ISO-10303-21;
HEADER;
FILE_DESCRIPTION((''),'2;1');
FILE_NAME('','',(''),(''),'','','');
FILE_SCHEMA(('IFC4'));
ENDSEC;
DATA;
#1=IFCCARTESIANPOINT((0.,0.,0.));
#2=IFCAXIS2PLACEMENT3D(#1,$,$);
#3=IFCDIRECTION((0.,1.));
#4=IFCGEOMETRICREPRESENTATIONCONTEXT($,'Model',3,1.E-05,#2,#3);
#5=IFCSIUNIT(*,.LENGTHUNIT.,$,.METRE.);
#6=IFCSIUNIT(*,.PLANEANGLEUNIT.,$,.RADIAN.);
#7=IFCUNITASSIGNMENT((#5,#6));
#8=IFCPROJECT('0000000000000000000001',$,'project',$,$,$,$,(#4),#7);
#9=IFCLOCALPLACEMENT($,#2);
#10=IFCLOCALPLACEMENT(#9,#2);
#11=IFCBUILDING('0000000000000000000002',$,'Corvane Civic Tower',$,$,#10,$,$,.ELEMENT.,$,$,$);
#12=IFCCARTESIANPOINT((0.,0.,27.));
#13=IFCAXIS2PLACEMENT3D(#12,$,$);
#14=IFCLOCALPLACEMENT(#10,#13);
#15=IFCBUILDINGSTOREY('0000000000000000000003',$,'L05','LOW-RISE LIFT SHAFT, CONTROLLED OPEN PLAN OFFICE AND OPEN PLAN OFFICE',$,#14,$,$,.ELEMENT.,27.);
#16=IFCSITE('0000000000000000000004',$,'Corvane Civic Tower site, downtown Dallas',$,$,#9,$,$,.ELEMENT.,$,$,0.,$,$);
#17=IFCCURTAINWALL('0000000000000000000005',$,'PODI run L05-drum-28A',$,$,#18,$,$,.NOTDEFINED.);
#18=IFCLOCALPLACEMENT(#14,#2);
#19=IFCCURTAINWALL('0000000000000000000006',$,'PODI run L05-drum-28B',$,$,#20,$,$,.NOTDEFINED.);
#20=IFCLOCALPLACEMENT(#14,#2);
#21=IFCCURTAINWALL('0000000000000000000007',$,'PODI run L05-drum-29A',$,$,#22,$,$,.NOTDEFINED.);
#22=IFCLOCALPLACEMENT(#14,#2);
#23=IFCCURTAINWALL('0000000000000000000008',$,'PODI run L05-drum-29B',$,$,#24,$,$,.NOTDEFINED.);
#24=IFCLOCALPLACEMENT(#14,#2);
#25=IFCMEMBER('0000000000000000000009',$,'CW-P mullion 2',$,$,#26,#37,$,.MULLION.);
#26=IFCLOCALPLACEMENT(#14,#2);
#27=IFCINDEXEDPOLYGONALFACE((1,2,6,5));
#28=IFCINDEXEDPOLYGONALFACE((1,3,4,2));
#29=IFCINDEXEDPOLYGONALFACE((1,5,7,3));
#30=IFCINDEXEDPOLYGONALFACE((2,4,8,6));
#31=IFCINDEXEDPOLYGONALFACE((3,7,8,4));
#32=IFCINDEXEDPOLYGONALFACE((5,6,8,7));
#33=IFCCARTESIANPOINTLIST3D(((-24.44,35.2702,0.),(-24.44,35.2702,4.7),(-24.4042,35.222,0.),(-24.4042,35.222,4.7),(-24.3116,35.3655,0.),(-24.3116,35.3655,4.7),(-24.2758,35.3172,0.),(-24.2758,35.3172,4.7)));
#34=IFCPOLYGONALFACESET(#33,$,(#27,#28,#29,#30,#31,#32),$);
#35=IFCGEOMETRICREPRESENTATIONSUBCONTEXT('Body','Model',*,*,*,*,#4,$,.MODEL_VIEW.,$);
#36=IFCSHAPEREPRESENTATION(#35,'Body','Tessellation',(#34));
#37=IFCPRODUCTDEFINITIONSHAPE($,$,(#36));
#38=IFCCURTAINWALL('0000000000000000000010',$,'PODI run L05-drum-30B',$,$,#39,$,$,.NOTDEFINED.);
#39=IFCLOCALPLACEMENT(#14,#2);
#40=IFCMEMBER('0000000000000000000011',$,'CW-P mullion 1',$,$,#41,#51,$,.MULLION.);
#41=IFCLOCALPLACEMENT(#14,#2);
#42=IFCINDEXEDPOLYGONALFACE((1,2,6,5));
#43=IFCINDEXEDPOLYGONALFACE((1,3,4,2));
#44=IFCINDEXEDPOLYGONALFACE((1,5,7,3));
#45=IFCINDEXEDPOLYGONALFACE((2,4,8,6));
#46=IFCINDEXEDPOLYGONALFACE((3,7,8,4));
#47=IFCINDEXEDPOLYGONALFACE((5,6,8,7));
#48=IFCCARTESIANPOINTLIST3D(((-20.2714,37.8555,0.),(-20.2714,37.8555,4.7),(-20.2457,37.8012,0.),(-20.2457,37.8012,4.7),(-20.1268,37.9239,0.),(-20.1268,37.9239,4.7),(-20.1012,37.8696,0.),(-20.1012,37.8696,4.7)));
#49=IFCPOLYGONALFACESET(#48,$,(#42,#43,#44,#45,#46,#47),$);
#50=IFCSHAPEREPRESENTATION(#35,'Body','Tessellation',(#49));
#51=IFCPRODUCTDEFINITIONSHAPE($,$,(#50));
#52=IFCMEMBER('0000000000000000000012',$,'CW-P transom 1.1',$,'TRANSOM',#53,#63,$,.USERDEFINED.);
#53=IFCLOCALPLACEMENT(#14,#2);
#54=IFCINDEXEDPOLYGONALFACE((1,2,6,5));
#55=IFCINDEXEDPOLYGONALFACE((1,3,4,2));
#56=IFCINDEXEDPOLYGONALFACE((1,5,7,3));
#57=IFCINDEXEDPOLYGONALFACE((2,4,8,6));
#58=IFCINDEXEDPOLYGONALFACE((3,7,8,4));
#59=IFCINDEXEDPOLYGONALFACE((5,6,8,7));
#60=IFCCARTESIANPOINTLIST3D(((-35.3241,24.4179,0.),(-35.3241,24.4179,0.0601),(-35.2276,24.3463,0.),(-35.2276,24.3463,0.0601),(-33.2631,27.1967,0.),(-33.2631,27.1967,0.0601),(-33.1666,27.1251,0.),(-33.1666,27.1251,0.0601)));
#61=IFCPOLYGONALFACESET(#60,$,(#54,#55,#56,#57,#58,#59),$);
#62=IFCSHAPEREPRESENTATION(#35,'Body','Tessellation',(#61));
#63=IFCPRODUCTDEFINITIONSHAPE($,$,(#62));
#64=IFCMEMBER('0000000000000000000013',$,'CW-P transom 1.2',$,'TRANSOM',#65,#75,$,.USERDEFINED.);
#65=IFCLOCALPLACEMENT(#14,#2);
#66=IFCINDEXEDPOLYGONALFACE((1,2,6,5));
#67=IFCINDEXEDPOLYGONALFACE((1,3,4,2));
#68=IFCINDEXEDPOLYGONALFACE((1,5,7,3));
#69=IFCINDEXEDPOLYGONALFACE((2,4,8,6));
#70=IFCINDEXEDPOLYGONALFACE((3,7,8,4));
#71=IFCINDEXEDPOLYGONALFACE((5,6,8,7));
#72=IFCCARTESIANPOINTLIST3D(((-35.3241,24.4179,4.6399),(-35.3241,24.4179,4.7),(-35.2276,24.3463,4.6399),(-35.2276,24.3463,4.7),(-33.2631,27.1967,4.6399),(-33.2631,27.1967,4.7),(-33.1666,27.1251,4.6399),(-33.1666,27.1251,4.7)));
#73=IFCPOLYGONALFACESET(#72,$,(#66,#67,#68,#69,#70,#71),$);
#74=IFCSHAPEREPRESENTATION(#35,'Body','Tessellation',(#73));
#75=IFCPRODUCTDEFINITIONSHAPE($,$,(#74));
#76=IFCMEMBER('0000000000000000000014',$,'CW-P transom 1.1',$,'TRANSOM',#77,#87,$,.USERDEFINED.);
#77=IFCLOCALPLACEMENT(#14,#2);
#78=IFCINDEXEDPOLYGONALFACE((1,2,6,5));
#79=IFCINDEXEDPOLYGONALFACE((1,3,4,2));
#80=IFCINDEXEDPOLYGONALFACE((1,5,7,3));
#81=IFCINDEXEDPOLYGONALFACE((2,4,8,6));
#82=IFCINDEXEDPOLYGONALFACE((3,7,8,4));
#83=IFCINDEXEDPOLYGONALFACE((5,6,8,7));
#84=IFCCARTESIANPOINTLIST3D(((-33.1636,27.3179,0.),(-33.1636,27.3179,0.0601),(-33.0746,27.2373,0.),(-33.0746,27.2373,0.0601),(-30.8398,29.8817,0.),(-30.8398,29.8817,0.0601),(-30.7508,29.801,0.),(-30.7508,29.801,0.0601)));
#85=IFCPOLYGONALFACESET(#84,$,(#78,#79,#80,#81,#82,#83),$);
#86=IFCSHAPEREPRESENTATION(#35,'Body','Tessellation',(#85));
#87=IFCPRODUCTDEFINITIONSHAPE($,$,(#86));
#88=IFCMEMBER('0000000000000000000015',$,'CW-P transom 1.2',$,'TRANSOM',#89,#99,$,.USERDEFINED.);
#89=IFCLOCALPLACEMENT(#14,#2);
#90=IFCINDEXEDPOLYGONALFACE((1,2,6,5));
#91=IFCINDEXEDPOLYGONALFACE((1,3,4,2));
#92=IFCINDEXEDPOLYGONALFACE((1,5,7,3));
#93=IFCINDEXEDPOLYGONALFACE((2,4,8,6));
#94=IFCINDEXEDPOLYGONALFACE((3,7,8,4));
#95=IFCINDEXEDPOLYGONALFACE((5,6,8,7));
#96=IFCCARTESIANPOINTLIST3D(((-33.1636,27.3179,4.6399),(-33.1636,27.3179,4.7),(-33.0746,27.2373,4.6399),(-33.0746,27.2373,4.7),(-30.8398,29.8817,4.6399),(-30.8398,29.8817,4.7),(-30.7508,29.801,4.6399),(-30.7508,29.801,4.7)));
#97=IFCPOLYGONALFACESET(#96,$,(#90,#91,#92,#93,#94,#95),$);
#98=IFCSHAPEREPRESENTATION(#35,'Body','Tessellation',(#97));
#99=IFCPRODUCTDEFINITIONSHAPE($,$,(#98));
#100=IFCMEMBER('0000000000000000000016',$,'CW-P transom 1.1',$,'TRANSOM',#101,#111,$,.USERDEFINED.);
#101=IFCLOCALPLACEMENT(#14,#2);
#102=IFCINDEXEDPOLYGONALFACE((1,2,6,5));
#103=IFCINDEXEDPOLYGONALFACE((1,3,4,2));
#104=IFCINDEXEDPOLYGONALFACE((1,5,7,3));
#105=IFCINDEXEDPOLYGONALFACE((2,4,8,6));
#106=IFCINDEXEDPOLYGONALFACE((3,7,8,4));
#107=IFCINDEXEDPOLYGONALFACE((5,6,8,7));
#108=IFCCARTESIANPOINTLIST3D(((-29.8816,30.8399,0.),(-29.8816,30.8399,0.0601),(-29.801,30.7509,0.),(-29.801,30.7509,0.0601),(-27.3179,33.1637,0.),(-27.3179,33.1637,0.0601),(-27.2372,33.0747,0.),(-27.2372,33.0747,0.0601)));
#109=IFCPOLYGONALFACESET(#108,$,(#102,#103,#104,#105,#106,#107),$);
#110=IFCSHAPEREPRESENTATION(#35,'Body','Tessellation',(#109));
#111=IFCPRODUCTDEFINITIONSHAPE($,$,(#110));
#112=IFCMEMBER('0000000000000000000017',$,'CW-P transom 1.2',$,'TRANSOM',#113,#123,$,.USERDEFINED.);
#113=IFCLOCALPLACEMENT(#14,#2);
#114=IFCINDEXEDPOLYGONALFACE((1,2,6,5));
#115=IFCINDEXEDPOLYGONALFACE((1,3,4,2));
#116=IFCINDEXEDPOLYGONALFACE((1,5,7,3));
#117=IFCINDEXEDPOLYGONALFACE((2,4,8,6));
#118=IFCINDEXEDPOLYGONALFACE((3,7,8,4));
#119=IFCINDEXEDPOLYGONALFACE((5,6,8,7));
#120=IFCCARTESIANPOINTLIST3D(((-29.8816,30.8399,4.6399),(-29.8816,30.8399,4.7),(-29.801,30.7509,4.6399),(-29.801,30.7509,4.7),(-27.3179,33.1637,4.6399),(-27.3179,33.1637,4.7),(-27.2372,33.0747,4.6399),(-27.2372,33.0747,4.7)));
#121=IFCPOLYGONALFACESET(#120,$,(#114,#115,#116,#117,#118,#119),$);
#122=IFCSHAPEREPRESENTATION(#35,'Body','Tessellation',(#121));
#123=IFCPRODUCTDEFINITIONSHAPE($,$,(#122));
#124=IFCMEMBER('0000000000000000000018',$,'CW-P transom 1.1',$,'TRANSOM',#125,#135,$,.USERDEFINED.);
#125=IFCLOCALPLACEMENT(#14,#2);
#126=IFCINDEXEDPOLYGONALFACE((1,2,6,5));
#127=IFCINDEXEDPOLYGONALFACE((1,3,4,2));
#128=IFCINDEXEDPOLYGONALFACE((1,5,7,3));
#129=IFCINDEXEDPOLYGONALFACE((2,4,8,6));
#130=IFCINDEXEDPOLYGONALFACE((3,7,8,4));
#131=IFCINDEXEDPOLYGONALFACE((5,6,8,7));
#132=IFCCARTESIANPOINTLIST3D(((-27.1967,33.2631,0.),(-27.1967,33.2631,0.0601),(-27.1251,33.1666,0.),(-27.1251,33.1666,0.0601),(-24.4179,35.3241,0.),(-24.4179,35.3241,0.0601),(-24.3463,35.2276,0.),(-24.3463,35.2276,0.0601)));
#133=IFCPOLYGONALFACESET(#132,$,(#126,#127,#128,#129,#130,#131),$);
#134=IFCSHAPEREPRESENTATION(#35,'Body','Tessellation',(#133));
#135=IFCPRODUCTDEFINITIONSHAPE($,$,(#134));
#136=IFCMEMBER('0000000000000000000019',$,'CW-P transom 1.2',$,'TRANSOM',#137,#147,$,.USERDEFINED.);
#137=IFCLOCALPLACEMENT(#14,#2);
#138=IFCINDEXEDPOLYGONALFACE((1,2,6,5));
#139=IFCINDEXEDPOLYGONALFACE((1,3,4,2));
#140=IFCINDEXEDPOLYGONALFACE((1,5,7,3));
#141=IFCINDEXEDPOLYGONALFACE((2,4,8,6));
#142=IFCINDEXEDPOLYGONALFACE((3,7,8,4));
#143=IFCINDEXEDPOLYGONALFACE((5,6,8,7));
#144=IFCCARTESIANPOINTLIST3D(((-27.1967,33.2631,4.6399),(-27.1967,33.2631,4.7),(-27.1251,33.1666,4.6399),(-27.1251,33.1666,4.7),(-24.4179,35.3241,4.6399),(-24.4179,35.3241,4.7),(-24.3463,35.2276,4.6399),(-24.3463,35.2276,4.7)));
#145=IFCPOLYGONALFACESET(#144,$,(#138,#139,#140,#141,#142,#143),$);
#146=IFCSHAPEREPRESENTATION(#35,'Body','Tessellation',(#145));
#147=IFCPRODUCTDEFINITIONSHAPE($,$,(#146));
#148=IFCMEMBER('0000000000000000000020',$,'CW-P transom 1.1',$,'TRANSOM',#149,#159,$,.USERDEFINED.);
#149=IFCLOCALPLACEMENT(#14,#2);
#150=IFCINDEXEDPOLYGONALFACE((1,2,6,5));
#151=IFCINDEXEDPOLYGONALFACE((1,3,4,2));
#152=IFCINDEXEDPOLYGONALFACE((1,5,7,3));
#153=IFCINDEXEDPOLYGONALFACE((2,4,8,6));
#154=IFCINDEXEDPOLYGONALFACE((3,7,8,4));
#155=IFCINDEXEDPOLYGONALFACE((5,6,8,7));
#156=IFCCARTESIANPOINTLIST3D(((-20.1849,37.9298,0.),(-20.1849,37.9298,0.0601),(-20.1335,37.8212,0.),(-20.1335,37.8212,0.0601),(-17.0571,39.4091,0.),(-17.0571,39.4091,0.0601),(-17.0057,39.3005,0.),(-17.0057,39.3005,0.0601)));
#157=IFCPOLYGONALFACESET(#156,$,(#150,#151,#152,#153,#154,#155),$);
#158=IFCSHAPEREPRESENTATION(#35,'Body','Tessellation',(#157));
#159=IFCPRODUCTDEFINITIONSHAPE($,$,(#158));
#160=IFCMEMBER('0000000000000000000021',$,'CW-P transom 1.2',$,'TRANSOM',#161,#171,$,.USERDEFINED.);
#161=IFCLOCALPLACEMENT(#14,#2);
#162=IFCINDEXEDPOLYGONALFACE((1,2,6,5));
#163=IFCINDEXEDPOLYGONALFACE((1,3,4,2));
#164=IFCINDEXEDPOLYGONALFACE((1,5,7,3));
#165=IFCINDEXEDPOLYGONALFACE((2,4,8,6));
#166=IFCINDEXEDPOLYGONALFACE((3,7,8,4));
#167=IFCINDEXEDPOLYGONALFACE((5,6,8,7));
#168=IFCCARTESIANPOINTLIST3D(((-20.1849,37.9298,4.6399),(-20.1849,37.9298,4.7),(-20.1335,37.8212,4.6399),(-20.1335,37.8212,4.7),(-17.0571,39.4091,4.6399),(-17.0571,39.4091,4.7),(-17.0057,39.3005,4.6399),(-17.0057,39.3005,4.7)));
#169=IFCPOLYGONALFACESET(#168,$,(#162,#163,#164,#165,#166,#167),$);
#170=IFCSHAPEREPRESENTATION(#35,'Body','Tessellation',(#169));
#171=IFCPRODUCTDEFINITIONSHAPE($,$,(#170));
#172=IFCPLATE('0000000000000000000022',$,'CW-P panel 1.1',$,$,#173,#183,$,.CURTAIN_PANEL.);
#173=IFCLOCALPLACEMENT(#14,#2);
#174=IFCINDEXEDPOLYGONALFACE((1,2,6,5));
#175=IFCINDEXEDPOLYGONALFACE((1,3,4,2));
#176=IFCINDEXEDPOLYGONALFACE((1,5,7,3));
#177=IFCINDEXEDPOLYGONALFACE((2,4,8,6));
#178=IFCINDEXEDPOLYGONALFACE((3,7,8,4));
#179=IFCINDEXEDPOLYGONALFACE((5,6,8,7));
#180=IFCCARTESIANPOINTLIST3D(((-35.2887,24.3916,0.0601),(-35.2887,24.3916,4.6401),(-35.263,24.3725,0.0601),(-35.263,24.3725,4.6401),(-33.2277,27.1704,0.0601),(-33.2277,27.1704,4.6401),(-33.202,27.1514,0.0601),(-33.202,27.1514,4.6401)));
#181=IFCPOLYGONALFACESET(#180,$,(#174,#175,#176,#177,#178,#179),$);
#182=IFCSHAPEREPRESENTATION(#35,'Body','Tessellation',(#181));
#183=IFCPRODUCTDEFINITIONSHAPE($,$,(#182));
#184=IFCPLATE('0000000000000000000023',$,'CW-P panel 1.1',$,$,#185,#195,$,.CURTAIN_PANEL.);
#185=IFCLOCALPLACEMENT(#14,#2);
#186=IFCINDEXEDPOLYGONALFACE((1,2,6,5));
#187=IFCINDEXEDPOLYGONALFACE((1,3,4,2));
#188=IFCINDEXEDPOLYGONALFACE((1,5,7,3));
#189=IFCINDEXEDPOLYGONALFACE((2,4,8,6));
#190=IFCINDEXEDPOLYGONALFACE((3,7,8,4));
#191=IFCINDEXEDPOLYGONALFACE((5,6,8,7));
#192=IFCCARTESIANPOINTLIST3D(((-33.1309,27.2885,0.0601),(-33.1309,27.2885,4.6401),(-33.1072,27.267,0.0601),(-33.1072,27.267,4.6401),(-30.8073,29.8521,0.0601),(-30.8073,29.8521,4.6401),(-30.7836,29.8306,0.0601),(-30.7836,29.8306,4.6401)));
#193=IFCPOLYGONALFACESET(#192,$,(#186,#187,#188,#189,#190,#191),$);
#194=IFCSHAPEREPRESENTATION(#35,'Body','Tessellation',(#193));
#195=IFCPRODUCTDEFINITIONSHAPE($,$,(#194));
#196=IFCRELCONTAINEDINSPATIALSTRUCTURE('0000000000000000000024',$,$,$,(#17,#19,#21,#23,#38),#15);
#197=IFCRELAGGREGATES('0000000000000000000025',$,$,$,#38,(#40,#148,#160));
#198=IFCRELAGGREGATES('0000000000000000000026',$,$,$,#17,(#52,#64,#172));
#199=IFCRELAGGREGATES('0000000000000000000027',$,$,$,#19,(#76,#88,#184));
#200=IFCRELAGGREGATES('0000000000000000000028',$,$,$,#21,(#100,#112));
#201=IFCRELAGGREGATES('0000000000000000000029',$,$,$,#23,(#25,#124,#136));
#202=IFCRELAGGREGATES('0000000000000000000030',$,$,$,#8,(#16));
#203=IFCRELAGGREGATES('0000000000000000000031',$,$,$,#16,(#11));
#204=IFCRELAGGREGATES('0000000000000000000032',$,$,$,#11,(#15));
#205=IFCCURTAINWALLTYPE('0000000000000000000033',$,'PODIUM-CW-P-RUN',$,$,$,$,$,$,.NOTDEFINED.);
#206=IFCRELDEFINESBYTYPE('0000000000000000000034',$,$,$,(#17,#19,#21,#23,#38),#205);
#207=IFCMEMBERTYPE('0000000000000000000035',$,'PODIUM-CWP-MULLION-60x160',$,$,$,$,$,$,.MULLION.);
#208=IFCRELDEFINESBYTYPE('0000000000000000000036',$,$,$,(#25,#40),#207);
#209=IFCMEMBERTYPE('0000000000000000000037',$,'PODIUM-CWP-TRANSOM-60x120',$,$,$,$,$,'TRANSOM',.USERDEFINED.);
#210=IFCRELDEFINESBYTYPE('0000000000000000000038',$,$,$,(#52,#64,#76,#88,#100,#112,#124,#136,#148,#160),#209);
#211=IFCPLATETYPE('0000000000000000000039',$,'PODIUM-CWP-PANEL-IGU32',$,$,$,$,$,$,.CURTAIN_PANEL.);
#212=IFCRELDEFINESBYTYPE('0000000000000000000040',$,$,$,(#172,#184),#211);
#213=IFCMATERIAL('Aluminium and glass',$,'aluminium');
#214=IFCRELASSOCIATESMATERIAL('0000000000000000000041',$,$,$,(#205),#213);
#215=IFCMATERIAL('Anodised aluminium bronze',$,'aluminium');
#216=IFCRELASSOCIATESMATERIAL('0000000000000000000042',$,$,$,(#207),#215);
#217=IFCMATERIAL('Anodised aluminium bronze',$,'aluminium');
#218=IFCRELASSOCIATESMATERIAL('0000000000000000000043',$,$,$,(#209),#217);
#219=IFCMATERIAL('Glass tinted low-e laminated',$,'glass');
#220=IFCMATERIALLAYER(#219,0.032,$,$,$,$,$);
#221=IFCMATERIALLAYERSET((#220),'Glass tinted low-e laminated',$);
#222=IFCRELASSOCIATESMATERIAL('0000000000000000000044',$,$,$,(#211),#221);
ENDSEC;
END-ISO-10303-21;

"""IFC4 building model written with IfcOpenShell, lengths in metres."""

from ifc_helpers import new_model, si_unit, direction, frame, origin, origin_2d, place, context, subcontext, project, spatial, rectangle, extrude, material, layer, layer_set, material_profile, profile_set, type_object, element, aggregate, save


model = new_model("IFC4")

# Units and contexts
model_context = context("Model", 3, precision=1e-05, world=origin(), true_north=direction((0.0, 1.0)))
body_context = subcontext(model_context, "Body", "Model", "MODEL_VIEW")
ifc_project = project(units=[si_unit("LENGTHUNIT", "METRE"), si_unit("PLANEANGLEUNIT", "RADIAN")], contexts=[model_context])

# Site, building, storey
site_placement = place(None, origin())
site = spatial("IfcSite", under=ifc_project, at=site_placement, Name="Corvane Civic Tower site, downtown Dallas", CompositionType="ELEMENT", RefElevation=0.0)
building_placement = place(site_placement, origin())
building = spatial("IfcBuilding", under=site, at=building_placement, Name="Corvane Civic Tower", CompositionType="ELEMENT")
storey_placement = place(building_placement, frame((0.0, 0.0, 27.0)))
storey = spatial("IfcBuildingStorey", under=building, at=storey_placement, Name="L05", Description="LOW-RISE LIFT SHAFT, CONTROLLED OPEN PLAN OFFICE AND OPEN PLAN OFFICE", CompositionType="ELEMENT", Elevation=27.0)

# Curtain walls, member
ifc_material_1 = material(Name="Aluminium and glass", Category="aluminium")
curtain_wall_type = type_object("IfcCurtainWallType", Name="PODIUM-CW-P-RUN", PredefinedType="NOTDEFINED", material=ifc_material_1)
curtain_wall_1_placement = place(storey_placement, origin())
curtain_wall_1 = element("IfcCurtainWall", 1, at=curtain_wall_1_placement, inside=storey, type_object=curtain_wall_type, Name="PODI run L05-drum-28A", PredefinedType="NOTDEFINED")
ifc_material_2 = material(Name="Anodised aluminium bronze", Category="aluminium")
ifc_material_profile_1 = material_profile(ifc_material_2, rectangle(XDim=0.0601, YDim=0.1599, at=origin_2d()), Name="AL 60x160")
ifc_profile_set_1 = profile_set([ifc_material_profile_1], Name="Anodised aluminium bronze")
member_type_1 = type_object("IfcMemberType", Name="PODIUM-CWP-MULLION-60x160", PredefinedType="MULLION", material=ifc_profile_set_1)
curtain_wall_2_placement = place(storey_placement, origin())
curtain_wall_2 = element("IfcCurtainWall", 2, at=curtain_wall_2_placement, inside=storey, type_object=curtain_wall_type, Name="PODI run L05-drum-28B", PredefinedType="NOTDEFINED")
curtain_wall_3_placement = place(storey_placement, origin())
curtain_wall_3 = element("IfcCurtainWall", 3, at=curtain_wall_3_placement, inside=storey, type_object=curtain_wall_type, Name="PODI run L05-drum-29A", PredefinedType="NOTDEFINED")
curtain_wall_4_placement = place(storey_placement, origin())
curtain_wall_4 = element("IfcCurtainWall", 4, at=curtain_wall_4_placement, inside=storey, type_object=curtain_wall_type, Name="PODI run L05-drum-29B", PredefinedType="NOTDEFINED")
member_1_placement = place(storey_placement, frame((-24.3579, 35.2937, 0.0), z_axis=(0.0, 0.0, 1.0), x_axis=(-0.595705, 0.803203, 0.0)))
member_1 = element("IfcMember", 5, at=member_1_placement, type_object=member_type_1, Name="CW-P mullion 2", PredefinedType="MULLION", context=body_context, shape_type="SweptSolid", body=[
    extrude(rectangle(XDim=0.0601, YDim=0.1599, at=origin_2d()), origin(), (0.0, 0.0, 1.0), 4.7),
])

# Curtain wall, member
curtain_wall_5_placement = place(storey_placement, origin())
curtain_wall_5 = element("IfcCurtainWall", 6, at=curtain_wall_5_placement, inside=storey, type_object=curtain_wall_type, Name="PODI run L05-drum-30B", PredefinedType="NOTDEFINED")
member_2_placement = place(storey_placement, frame((-20.1863, 37.8625, 0.0), z_axis=(0.0, 0.0, 1.0), x_axis=(-0.427553, 0.90399, 0.0)))
member_2 = element("IfcMember", 7, at=member_2_placement, type_object=member_type_1, Name="CW-P mullion 1", PredefinedType="MULLION", context=body_context, shape_type="SweptSolid", body=[
    extrude(rectangle(XDim=0.0601, YDim=0.1599, at=origin_2d()), origin(), (0.0, 0.0, 1.0), 4.7),
])

# Members
ifc_material_3 = material(Name="Anodised aluminium bronze", Category="aluminium")
ifc_material_profile_2 = material_profile(ifc_material_3, rectangle(XDim=0.1201, YDim=0.0601, at=origin_2d()), Name="AL 120x60")
ifc_profile_set_2 = profile_set([ifc_material_profile_2], Name="Anodised aluminium bronze")
member_type_2 = type_object("IfcMemberType", Name="PODIUM-CWP-TRANSOM-60x120", ElementType="TRANSOM", PredefinedType="USERDEFINED", material=ifc_profile_set_2)
member_3_placement = place(storey_placement, frame((-35.2759, 24.3821, 0.03), z_axis=(0.595724, 0.80319, 0.0), x_axis=(-0.80319, 0.595724, 0.0)))
member_3 = element("IfcMember", 8, at=member_3_placement, type_object=member_type_2, Name="CW-P transom 1.1", ObjectType="TRANSOM", PredefinedType="USERDEFINED", context=body_context, shape_type="SweptSolid", body=[
    extrude(rectangle(XDim=0.1201, YDim=0.0601, at=origin_2d()), origin(), (0.0, 0.0, 1.0), 3.4597),
])
member_4_placement = place(storey_placement, frame((-35.2759, 24.3821, 4.6699), z_axis=(0.595724, 0.80319, 0.0), x_axis=(-0.80319, 0.595724, 0.0)))
member_4 = element("IfcMember", 9, at=member_4_placement, type_object=member_type_2, Name="CW-P transom 1.2", ObjectType="TRANSOM", PredefinedType="USERDEFINED", context=body_context, shape_type="SweptSolid", body=[
    extrude(rectangle(XDim=0.1201, YDim=0.0601, at=origin_2d()), origin(), (0.0, 0.0, 1.0), 3.4597),
])
member_5_placement = place(storey_placement, frame((-33.1191, 27.2776, 0.03), z_axis=(0.671576, 0.740935, 0.0), x_axis=(-0.740935, 0.671576, 0.0)))
member_5 = element("IfcMember", 10, at=member_5_placement, type_object=member_type_2, Name="CW-P transom 1.1", ObjectType="TRANSOM", PredefinedType="USERDEFINED", context=body_context, shape_type="SweptSolid", body=[
    extrude(rectangle(XDim=0.1201, YDim=0.0601, at=origin_2d()), origin(), (0.0, 0.0, 1.0), 3.4602),
])
member_6_placement = place(storey_placement, frame((-33.1191, 27.2776, 4.6699), z_axis=(0.671576, 0.740935, 0.0), x_axis=(-0.740935, 0.671576, 0.0)))
member_6 = element("IfcMember", 11, at=member_6_placement, type_object=member_type_2, Name="CW-P transom 1.2", ObjectType="TRANSOM", PredefinedType="USERDEFINED", context=body_context, shape_type="SweptSolid", body=[
    extrude(rectangle(XDim=0.1201, YDim=0.0601, at=origin_2d()), origin(), (0.0, 0.0, 1.0), 3.4602),
])
member_7_placement = place(storey_placement, frame((-29.8413, 30.7954, 0.03), z_axis=(0.740935, 0.671576, 0.0), x_axis=(-0.671576, 0.740935, 0.0)))
member_7 = element("IfcMember", 12, at=member_7_placement, type_object=member_type_2, Name="CW-P transom 1.1", ObjectType="TRANSOM", PredefinedType="USERDEFINED", context=body_context, shape_type="SweptSolid", body=[
    extrude(rectangle(XDim=0.1201, YDim=0.0601, at=origin_2d()), origin(), (0.0, 0.0, 1.0), 3.4602),
])
member_8_placement = place(storey_placement, frame((-29.8413, 30.7954, 4.6699), z_axis=(0.740935, 0.671576, 0.0), x_axis=(-0.671576, 0.740935, 0.0)))
member_8 = element("IfcMember", 13, at=member_8_placement, type_object=member_type_2, Name="CW-P transom 1.2", ObjectType="TRANSOM", PredefinedType="USERDEFINED", context=body_context, shape_type="SweptSolid", body=[
    extrude(rectangle(XDim=0.1201, YDim=0.0601, at=origin_2d()), origin(), (0.0, 0.0, 1.0), 3.4602),
])
member_9_placement = place(storey_placement, frame((-27.1609, 33.2148, 0.03), z_axis=(0.80319, 0.595724, 0.0), x_axis=(-0.595724, 0.80319, 0.0)))
member_9 = element("IfcMember", 14, at=member_9_placement, type_object=member_type_2, Name="CW-P transom 1.1", ObjectType="TRANSOM", PredefinedType="USERDEFINED", context=body_context, shape_type="SweptSolid", body=[
    extrude(rectangle(XDim=0.1201, YDim=0.0601, at=origin_2d()), origin(), (0.0, 0.0, 1.0), 3.4597),
])
member_10_placement = place(storey_placement, frame((-27.1609, 33.2148, 4.6699), z_axis=(0.80319, 0.595724, 0.0), x_axis=(-0.595724, 0.80319, 0.0)))
member_10 = element("IfcMember", 15, at=member_10_placement, type_object=member_type_2, Name="CW-P transom 1.2", ObjectType="TRANSOM", PredefinedType="USERDEFINED", context=body_context, shape_type="SweptSolid", body=[
    extrude(rectangle(XDim=0.1201, YDim=0.0601, at=origin_2d()), origin(), (0.0, 0.0, 1.0), 3.4597),
])
member_11_placement = place(storey_placement, frame((-20.1592, 37.8755, 0.03), z_axis=(0.903993, 0.427546, 0.0), x_axis=(-0.427546, 0.903993, 0.0)))
member_11 = element("IfcMember", 16, at=member_11_placement, type_object=member_type_2, Name="CW-P transom 1.1", ObjectType="TRANSOM", PredefinedType="USERDEFINED", context=body_context, shape_type="SweptSolid", body=[
    extrude(rectangle(XDim=0.1201, YDim=0.0601, at=origin_2d()), origin(), (0.0, 0.0, 1.0), 3.46),
])
member_12_placement = place(storey_placement, frame((-20.1592, 37.8755, 4.6699), z_axis=(0.903993, 0.427546, 0.0), x_axis=(-0.427546, 0.903993, 0.0)))
member_12 = element("IfcMember", 17, at=member_12_placement, type_object=member_type_2, Name="CW-P transom 1.2", ObjectType="TRANSOM", PredefinedType="USERDEFINED", context=body_context, shape_type="SweptSolid", body=[
    extrude(rectangle(XDim=0.1201, YDim=0.0601, at=origin_2d()), origin(), (0.0, 0.0, 1.0), 3.46),
])
aggregate(curtain_wall_5, [member_2, member_11, member_12])

# Plates
ifc_material_4 = material(Name="Glass tinted low-e laminated", Category="glass")
ifc_layer_1 = layer(ifc_material_4, 0.032)
ifc_layer_set_1 = layer_set([ifc_layer_1], Name="Glass tinted low-e laminated")
plate_type = type_object("IfcPlateType", Name="PODIUM-CWP-PANEL-IGU32", PredefinedType="CURTAIN_PANEL", material=ifc_layer_set_1)
plate_1_placement = place(storey_placement, frame((-34.2454, 25.7715, 0.0601), z_axis=(0.0, 0.0, 1.0), x_axis=(0.595705, 0.803203, 0.0)))
plate_1 = element("IfcPlate", 18, at=plate_1_placement, type_object=plate_type, Name="CW-P panel 1.1", PredefinedType="CURTAIN_PANEL", context=body_context, shape_type="SweptSolid", body=[
    extrude(rectangle(XDim=3.4597, YDim=0.032, at=origin_2d()), origin(), (0.0, 0.0, 1.0), 4.5801),
])
aggregate(curtain_wall_1, [member_3, member_4, plate_1])
plate_2_placement = place(storey_placement, frame((-31.9573, 28.5596, 0.0601), z_axis=(0.0, 0.0, 1.0), x_axis=(0.671576, 0.740935, 0.0)))
plate_2 = element("IfcPlate", 19, at=plate_2_placement, type_object=plate_type, Name="CW-P panel 1.1", PredefinedType="CURTAIN_PANEL", context=body_context, shape_type="SweptSolid", body=[
    extrude(rectangle(XDim=3.46, YDim=0.032, at=origin_2d()), origin(), (0.0, 0.0, 1.0), 4.5801),
])
aggregate(curtain_wall_2, [member_5, member_6, plate_2])
aggregate(curtain_wall_3, [member_7, member_8])
aggregate(curtain_wall_4, [member_1, member_9, member_10])

save(model, "model.ifc")
